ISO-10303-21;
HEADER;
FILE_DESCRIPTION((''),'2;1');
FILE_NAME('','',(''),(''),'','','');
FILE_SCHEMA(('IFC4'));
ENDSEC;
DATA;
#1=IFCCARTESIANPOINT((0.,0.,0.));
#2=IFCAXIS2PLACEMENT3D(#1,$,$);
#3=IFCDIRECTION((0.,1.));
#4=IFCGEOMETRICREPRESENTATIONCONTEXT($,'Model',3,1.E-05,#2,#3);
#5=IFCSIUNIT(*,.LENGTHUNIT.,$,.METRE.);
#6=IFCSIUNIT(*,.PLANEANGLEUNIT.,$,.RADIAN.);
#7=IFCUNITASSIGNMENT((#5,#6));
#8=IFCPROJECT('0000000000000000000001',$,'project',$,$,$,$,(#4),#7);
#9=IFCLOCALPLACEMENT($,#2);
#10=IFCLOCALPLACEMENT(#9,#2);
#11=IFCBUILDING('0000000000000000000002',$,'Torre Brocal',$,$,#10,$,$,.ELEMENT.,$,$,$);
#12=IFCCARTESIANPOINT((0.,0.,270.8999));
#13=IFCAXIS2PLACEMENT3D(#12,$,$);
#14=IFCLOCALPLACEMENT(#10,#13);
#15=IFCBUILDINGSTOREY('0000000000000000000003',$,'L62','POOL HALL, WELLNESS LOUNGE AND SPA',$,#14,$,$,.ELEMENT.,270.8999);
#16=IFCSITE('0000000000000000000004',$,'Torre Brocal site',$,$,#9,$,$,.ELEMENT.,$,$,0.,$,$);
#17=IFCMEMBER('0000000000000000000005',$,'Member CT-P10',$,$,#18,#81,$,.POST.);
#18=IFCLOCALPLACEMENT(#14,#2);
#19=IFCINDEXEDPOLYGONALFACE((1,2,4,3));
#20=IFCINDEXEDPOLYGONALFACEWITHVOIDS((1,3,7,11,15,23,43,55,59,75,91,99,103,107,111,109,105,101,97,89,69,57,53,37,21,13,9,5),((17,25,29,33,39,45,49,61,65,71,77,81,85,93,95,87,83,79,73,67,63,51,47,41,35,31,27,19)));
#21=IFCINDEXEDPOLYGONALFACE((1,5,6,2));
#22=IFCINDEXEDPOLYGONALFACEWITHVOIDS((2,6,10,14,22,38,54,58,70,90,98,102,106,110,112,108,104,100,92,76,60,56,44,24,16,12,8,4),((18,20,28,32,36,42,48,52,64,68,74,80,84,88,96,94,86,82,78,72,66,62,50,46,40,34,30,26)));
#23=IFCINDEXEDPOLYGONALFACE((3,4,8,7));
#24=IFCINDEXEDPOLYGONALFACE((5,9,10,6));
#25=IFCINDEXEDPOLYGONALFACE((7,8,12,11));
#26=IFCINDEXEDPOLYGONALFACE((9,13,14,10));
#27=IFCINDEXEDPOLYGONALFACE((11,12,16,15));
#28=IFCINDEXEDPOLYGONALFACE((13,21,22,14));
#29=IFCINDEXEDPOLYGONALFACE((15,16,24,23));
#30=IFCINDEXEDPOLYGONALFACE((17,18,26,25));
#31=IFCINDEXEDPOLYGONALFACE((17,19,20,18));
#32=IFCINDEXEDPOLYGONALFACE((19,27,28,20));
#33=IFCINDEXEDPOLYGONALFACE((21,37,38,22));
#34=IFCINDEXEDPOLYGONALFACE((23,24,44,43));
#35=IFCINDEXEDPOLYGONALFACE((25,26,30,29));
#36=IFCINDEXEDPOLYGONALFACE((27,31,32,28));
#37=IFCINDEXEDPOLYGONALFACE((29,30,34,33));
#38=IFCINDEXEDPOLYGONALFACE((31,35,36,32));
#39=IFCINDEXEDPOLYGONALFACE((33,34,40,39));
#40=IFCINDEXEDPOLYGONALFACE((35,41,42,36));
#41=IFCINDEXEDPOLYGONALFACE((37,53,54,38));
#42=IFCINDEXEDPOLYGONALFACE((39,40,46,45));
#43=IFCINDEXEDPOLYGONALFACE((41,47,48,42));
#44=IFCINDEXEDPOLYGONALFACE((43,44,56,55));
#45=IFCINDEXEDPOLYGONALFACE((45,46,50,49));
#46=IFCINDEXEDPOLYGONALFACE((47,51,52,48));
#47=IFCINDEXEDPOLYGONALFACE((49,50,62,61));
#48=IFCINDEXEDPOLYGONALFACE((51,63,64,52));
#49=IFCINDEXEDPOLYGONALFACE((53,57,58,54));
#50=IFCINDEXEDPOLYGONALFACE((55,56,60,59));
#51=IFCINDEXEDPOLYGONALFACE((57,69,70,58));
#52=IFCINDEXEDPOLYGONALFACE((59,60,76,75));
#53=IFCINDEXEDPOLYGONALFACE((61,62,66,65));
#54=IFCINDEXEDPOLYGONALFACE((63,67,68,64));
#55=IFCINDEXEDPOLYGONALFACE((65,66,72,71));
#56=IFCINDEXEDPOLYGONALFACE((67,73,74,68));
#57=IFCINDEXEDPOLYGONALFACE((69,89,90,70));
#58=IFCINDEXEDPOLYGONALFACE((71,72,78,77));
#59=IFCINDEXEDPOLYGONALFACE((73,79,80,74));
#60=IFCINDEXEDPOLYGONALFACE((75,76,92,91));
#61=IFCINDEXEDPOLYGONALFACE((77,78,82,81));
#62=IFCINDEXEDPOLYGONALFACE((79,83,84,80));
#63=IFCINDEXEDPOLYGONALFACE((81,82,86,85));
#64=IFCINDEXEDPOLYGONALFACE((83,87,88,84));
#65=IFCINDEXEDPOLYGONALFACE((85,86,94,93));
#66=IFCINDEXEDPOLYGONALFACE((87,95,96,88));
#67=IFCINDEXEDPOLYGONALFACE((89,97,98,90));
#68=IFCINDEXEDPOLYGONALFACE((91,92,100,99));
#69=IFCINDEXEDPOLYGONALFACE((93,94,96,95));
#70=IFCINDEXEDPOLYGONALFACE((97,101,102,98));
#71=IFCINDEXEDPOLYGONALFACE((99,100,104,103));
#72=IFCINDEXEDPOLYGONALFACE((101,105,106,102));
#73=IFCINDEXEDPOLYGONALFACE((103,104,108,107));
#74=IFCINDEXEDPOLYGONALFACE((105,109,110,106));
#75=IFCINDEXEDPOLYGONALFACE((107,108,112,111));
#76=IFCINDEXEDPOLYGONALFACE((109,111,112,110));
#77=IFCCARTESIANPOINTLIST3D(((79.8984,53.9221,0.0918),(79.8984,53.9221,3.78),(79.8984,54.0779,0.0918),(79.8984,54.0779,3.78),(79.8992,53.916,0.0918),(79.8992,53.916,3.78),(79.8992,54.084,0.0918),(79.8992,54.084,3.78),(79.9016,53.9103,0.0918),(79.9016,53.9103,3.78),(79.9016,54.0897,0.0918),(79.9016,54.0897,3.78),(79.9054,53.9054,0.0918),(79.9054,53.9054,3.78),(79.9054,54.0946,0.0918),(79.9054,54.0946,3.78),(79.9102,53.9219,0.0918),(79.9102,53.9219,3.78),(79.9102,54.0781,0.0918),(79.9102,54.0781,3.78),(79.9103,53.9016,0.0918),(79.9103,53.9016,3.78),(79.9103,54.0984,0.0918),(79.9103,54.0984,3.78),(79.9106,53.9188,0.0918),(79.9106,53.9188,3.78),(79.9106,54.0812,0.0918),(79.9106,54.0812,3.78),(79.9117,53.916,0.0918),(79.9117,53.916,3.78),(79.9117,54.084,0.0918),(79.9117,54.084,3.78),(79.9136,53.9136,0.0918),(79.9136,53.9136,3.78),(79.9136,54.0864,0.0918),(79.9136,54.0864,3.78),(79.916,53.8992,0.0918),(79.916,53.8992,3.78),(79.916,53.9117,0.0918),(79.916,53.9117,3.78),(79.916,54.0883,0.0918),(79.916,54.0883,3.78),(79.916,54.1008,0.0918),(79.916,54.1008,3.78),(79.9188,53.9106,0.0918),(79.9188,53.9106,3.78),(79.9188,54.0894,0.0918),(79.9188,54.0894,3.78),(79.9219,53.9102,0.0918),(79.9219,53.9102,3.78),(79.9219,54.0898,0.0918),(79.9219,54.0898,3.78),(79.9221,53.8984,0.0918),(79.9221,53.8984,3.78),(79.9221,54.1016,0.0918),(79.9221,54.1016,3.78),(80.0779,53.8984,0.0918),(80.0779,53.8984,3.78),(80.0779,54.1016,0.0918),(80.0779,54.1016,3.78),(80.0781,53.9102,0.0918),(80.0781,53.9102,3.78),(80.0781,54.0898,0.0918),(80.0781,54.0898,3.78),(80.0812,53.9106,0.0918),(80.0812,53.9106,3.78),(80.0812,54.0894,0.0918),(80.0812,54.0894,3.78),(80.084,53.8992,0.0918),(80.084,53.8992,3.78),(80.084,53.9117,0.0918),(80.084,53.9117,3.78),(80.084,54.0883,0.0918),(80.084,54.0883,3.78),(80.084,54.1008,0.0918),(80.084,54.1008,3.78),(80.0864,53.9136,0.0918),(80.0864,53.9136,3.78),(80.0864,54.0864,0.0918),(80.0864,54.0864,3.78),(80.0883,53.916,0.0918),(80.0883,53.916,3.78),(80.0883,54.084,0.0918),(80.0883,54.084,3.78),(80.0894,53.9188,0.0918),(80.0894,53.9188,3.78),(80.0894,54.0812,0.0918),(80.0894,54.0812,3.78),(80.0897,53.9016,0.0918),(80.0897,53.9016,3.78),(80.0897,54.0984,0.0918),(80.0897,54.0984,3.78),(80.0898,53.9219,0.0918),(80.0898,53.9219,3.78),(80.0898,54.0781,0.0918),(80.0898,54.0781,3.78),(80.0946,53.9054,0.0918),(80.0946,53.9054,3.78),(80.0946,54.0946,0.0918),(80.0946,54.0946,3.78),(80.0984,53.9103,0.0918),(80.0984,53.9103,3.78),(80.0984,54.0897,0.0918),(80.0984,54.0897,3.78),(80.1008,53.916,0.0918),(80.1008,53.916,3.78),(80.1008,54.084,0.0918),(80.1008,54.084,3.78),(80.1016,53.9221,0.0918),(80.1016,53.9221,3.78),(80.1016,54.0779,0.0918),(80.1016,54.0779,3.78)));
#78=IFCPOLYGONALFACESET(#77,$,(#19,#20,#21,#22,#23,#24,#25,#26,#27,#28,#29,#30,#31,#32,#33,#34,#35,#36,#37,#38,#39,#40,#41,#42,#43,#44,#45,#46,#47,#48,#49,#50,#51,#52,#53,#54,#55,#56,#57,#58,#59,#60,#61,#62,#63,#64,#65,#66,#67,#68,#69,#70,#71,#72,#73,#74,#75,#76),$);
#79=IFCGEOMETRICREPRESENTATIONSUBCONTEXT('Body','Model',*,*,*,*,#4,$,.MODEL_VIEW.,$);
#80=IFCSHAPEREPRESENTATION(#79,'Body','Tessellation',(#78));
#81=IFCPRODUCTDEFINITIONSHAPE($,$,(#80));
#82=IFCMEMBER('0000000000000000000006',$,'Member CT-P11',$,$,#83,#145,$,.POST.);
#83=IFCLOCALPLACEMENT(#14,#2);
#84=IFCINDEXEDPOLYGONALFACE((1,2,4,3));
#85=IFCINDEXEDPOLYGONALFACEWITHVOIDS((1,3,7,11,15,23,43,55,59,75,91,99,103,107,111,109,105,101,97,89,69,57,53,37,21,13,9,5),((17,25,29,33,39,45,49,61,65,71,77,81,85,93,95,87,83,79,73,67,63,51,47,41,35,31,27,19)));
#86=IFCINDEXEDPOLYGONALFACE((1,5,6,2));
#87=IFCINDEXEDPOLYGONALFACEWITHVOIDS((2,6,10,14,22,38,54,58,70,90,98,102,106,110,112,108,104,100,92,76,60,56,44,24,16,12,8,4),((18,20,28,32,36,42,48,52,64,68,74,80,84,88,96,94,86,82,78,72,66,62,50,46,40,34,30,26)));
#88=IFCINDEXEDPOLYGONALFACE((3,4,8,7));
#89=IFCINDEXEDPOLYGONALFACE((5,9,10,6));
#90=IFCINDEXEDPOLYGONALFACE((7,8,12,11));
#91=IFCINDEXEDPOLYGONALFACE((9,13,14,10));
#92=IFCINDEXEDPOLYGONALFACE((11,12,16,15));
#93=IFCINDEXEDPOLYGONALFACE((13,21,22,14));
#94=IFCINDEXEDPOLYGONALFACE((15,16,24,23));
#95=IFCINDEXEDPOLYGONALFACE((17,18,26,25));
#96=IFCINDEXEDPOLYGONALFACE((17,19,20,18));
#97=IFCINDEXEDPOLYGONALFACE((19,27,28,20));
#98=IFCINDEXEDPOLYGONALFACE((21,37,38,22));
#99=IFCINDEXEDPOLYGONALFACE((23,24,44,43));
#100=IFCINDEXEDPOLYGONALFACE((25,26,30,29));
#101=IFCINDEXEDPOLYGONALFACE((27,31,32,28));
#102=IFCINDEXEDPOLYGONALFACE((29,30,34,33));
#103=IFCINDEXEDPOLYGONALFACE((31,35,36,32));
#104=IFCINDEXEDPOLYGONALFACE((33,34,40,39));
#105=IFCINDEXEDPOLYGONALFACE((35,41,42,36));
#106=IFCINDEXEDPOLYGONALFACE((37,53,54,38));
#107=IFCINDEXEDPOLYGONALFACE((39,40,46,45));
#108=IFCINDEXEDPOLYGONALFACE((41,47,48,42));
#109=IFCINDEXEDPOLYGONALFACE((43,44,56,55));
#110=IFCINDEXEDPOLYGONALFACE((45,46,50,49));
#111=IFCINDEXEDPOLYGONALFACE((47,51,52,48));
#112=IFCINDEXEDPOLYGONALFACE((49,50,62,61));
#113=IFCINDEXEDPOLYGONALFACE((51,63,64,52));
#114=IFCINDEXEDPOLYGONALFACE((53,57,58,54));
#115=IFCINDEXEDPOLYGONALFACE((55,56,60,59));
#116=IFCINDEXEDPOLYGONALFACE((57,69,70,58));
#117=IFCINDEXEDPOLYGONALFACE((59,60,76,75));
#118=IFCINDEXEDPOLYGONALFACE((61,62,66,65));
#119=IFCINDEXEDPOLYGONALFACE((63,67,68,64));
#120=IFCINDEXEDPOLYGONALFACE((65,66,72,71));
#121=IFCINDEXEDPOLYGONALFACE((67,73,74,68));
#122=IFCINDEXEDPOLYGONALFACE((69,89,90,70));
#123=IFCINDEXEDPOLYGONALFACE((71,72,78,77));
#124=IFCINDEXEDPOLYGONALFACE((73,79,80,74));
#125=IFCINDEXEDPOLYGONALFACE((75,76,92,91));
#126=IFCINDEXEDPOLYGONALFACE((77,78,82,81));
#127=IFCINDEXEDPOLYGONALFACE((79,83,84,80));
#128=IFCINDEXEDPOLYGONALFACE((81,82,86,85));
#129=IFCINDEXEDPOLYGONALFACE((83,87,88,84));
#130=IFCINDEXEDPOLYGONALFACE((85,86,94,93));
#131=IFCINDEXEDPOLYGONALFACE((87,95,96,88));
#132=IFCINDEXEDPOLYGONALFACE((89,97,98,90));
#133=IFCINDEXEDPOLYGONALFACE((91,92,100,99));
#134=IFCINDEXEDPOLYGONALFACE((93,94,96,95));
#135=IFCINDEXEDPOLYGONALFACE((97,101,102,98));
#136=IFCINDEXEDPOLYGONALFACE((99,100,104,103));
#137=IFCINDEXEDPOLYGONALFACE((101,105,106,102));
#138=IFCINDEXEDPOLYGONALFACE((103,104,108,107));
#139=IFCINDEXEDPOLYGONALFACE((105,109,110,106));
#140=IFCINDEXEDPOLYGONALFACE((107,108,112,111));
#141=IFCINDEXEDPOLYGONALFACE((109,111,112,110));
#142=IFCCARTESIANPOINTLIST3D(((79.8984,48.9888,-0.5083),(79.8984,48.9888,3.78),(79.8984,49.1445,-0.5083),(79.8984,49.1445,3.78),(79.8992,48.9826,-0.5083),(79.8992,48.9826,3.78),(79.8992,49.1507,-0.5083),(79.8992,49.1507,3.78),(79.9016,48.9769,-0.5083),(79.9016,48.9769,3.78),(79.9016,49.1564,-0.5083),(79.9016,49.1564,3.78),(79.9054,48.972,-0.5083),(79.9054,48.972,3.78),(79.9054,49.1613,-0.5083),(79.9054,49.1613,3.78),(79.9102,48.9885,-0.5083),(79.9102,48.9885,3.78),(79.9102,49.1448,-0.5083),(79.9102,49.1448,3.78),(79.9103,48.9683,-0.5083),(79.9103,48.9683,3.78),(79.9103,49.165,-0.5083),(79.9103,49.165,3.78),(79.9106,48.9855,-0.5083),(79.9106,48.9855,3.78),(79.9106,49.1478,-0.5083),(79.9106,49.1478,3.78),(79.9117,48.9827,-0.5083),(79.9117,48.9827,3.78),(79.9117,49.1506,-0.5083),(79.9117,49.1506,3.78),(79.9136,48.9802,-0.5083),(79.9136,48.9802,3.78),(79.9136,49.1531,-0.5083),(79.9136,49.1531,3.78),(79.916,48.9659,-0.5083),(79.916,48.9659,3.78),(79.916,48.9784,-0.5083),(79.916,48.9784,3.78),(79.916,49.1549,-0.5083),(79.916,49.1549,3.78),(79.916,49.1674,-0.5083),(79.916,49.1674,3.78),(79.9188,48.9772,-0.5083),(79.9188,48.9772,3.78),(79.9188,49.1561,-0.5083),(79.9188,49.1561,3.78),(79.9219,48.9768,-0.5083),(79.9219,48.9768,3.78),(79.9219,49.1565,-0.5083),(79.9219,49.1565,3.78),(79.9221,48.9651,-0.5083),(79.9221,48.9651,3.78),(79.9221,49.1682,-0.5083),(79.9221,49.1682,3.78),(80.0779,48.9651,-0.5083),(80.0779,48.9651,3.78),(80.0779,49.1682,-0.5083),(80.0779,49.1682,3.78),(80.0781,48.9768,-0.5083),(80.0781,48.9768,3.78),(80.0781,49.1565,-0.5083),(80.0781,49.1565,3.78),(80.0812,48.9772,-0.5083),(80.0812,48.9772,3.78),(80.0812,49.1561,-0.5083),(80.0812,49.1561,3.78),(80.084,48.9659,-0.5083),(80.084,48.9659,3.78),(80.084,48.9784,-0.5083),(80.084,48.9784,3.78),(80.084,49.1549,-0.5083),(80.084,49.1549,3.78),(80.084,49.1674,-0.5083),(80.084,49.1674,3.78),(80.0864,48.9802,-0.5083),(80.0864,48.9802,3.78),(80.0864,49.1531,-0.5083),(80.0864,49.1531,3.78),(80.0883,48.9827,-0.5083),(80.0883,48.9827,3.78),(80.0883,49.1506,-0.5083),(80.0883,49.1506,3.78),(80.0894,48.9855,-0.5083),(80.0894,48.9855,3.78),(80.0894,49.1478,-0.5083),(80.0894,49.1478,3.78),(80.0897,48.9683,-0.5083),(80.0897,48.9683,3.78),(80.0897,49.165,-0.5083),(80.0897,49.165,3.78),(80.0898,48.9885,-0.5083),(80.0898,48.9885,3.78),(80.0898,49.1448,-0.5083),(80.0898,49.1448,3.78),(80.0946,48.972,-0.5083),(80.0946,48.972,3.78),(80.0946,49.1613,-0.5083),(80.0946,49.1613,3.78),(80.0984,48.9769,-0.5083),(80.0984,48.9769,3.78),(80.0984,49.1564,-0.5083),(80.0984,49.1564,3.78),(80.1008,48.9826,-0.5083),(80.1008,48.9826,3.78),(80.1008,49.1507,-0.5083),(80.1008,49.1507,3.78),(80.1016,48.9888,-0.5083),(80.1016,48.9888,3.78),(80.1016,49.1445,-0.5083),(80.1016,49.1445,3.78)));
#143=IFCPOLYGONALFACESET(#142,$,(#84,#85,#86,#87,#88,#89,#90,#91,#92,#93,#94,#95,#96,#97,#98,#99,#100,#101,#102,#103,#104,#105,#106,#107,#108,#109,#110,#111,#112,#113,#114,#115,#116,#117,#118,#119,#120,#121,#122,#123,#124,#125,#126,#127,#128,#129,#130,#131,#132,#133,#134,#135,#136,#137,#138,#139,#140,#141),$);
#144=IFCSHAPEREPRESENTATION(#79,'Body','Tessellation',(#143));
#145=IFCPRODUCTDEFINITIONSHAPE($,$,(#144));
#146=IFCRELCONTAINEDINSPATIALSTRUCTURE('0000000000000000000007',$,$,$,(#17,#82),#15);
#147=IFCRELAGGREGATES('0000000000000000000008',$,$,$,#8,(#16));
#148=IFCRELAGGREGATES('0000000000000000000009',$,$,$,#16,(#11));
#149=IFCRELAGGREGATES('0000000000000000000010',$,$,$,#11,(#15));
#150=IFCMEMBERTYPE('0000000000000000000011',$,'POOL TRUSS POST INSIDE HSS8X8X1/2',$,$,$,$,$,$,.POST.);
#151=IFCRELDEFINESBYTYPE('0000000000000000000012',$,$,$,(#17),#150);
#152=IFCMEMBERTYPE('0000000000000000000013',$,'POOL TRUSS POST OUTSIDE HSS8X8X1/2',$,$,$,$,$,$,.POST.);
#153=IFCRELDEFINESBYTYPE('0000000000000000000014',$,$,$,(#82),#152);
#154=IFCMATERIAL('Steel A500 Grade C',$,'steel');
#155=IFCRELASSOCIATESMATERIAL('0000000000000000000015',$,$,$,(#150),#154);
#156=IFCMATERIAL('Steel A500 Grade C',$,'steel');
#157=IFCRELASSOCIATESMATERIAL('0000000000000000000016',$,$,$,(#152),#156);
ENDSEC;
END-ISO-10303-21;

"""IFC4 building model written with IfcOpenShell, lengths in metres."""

from ifc_helpers import new_model, si_unit, direction, frame, origin, origin_2d, place, context, subcontext, project, spatial, hollow_rectangle, extrude, material, material_profile, profile_set, type_object, element, save


model = new_model("IFC4")

# Units and contexts
model_context = context("Model", 3, precision=1e-05, world=origin(), true_north=direction((0.0, 1.0)))
body_context = subcontext(model_context, "Body", "Model", "MODEL_VIEW")
ifc_project = project(units=[si_unit("LENGTHUNIT", "METRE"), si_unit("PLANEANGLEUNIT", "RADIAN")], contexts=[model_context])

# Site, building, storey
site_placement = place(None, origin())
site = spatial("IfcSite", under=ifc_project, at=site_placement, Name="Torre Brocal site", CompositionType="ELEMENT", RefElevation=0.0)
building_placement = place(site_placement, origin())
building = spatial("IfcBuilding", under=site, at=building_placement, Name="Torre Brocal", CompositionType="ELEMENT")
storey_placement = place(building_placement, frame((0.0, 0.0, 270.8999)))
storey = spatial("IfcBuildingStorey", under=building, at=storey_placement, Name="L62", Description="POOL HALL, WELLNESS LOUNGE AND SPA", CompositionType="ELEMENT", Elevation=270.8999)

# Members
ifc_material_1 = material(Name="Steel A500 Grade C", Category="steel")
ifc_material_profile_1 = material_profile(ifc_material_1, hollow_rectangle(XDim=0.2031, YDim=0.2031, WallThickness=0.0117, InnerFilletRadius=0.0117, OuterFilletRadius=0.0237, at=origin_2d()), Name="HSS8X8X1/2")
ifc_profile_set_1 = profile_set([ifc_material_profile_1], Name="Steel A500 Grade C")
member_type_1 = type_object("IfcMemberType", Name="POOL TRUSS POST INSIDE HSS8X8X1/2", PredefinedType="POST", material=ifc_profile_set_1)
member_1_placement = place(storey_placement, frame((80.0, 54.0, 0.0918), z_axis=(0.0, 0.0, 1.0), x_axis=(1.0, 0.0, 0.0)))
element("IfcMember", 1, at=member_1_placement, inside=storey, type_object=member_type_1, Name="Member CT-P10", PredefinedType="POST", context=body_context, shape_type="SweptSolid", body=[
    extrude(hollow_rectangle(XDim=0.2031, YDim=0.2031, WallThickness=0.0117, InnerFilletRadius=0.0117, OuterFilletRadius=0.0237, at=origin_2d()), origin(), (0.0, 0.0, 1.0), 3.6882),
])
ifc_material_2 = material(Name="Steel A500 Grade C", Category="steel")
ifc_material_profile_2 = material_profile(ifc_material_2, hollow_rectangle(XDim=0.2031, YDim=0.2031, WallThickness=0.0117, InnerFilletRadius=0.0117, OuterFilletRadius=0.0237, at=origin_2d()), Name="HSS8X8X1/2")
ifc_profile_set_2 = profile_set([ifc_material_profile_2], Name="Steel A500 Grade C")
member_type_2 = type_object("IfcMemberType", Name="POOL TRUSS POST OUTSIDE HSS8X8X1/2", PredefinedType="POST", material=ifc_profile_set_2)
for number, where, z_axis, x_axis, name in (
    (2, (80.0, 49.0667, -0.5083), (0.0, 0.0, 1.0), (1.0, 0.0, 0.0), "Member CT-P11"),
):
    element("IfcMember", number, at=place(storey_placement, frame(where, z_axis=z_axis, x_axis=x_axis)), inside=storey, type_object=member_type_2, Name=name, PredefinedType="POST", context=body_context, shape_type="SweptSolid", body=[
        extrude(hollow_rectangle(XDim=0.2031, YDim=0.2031, WallThickness=0.0117, InnerFilletRadius=0.0117, OuterFilletRadius=0.0237, at=origin_2d()), origin(), (0.0, 0.0, 1.0), 4.2883),
    ])

save(model, "model.ifc")
